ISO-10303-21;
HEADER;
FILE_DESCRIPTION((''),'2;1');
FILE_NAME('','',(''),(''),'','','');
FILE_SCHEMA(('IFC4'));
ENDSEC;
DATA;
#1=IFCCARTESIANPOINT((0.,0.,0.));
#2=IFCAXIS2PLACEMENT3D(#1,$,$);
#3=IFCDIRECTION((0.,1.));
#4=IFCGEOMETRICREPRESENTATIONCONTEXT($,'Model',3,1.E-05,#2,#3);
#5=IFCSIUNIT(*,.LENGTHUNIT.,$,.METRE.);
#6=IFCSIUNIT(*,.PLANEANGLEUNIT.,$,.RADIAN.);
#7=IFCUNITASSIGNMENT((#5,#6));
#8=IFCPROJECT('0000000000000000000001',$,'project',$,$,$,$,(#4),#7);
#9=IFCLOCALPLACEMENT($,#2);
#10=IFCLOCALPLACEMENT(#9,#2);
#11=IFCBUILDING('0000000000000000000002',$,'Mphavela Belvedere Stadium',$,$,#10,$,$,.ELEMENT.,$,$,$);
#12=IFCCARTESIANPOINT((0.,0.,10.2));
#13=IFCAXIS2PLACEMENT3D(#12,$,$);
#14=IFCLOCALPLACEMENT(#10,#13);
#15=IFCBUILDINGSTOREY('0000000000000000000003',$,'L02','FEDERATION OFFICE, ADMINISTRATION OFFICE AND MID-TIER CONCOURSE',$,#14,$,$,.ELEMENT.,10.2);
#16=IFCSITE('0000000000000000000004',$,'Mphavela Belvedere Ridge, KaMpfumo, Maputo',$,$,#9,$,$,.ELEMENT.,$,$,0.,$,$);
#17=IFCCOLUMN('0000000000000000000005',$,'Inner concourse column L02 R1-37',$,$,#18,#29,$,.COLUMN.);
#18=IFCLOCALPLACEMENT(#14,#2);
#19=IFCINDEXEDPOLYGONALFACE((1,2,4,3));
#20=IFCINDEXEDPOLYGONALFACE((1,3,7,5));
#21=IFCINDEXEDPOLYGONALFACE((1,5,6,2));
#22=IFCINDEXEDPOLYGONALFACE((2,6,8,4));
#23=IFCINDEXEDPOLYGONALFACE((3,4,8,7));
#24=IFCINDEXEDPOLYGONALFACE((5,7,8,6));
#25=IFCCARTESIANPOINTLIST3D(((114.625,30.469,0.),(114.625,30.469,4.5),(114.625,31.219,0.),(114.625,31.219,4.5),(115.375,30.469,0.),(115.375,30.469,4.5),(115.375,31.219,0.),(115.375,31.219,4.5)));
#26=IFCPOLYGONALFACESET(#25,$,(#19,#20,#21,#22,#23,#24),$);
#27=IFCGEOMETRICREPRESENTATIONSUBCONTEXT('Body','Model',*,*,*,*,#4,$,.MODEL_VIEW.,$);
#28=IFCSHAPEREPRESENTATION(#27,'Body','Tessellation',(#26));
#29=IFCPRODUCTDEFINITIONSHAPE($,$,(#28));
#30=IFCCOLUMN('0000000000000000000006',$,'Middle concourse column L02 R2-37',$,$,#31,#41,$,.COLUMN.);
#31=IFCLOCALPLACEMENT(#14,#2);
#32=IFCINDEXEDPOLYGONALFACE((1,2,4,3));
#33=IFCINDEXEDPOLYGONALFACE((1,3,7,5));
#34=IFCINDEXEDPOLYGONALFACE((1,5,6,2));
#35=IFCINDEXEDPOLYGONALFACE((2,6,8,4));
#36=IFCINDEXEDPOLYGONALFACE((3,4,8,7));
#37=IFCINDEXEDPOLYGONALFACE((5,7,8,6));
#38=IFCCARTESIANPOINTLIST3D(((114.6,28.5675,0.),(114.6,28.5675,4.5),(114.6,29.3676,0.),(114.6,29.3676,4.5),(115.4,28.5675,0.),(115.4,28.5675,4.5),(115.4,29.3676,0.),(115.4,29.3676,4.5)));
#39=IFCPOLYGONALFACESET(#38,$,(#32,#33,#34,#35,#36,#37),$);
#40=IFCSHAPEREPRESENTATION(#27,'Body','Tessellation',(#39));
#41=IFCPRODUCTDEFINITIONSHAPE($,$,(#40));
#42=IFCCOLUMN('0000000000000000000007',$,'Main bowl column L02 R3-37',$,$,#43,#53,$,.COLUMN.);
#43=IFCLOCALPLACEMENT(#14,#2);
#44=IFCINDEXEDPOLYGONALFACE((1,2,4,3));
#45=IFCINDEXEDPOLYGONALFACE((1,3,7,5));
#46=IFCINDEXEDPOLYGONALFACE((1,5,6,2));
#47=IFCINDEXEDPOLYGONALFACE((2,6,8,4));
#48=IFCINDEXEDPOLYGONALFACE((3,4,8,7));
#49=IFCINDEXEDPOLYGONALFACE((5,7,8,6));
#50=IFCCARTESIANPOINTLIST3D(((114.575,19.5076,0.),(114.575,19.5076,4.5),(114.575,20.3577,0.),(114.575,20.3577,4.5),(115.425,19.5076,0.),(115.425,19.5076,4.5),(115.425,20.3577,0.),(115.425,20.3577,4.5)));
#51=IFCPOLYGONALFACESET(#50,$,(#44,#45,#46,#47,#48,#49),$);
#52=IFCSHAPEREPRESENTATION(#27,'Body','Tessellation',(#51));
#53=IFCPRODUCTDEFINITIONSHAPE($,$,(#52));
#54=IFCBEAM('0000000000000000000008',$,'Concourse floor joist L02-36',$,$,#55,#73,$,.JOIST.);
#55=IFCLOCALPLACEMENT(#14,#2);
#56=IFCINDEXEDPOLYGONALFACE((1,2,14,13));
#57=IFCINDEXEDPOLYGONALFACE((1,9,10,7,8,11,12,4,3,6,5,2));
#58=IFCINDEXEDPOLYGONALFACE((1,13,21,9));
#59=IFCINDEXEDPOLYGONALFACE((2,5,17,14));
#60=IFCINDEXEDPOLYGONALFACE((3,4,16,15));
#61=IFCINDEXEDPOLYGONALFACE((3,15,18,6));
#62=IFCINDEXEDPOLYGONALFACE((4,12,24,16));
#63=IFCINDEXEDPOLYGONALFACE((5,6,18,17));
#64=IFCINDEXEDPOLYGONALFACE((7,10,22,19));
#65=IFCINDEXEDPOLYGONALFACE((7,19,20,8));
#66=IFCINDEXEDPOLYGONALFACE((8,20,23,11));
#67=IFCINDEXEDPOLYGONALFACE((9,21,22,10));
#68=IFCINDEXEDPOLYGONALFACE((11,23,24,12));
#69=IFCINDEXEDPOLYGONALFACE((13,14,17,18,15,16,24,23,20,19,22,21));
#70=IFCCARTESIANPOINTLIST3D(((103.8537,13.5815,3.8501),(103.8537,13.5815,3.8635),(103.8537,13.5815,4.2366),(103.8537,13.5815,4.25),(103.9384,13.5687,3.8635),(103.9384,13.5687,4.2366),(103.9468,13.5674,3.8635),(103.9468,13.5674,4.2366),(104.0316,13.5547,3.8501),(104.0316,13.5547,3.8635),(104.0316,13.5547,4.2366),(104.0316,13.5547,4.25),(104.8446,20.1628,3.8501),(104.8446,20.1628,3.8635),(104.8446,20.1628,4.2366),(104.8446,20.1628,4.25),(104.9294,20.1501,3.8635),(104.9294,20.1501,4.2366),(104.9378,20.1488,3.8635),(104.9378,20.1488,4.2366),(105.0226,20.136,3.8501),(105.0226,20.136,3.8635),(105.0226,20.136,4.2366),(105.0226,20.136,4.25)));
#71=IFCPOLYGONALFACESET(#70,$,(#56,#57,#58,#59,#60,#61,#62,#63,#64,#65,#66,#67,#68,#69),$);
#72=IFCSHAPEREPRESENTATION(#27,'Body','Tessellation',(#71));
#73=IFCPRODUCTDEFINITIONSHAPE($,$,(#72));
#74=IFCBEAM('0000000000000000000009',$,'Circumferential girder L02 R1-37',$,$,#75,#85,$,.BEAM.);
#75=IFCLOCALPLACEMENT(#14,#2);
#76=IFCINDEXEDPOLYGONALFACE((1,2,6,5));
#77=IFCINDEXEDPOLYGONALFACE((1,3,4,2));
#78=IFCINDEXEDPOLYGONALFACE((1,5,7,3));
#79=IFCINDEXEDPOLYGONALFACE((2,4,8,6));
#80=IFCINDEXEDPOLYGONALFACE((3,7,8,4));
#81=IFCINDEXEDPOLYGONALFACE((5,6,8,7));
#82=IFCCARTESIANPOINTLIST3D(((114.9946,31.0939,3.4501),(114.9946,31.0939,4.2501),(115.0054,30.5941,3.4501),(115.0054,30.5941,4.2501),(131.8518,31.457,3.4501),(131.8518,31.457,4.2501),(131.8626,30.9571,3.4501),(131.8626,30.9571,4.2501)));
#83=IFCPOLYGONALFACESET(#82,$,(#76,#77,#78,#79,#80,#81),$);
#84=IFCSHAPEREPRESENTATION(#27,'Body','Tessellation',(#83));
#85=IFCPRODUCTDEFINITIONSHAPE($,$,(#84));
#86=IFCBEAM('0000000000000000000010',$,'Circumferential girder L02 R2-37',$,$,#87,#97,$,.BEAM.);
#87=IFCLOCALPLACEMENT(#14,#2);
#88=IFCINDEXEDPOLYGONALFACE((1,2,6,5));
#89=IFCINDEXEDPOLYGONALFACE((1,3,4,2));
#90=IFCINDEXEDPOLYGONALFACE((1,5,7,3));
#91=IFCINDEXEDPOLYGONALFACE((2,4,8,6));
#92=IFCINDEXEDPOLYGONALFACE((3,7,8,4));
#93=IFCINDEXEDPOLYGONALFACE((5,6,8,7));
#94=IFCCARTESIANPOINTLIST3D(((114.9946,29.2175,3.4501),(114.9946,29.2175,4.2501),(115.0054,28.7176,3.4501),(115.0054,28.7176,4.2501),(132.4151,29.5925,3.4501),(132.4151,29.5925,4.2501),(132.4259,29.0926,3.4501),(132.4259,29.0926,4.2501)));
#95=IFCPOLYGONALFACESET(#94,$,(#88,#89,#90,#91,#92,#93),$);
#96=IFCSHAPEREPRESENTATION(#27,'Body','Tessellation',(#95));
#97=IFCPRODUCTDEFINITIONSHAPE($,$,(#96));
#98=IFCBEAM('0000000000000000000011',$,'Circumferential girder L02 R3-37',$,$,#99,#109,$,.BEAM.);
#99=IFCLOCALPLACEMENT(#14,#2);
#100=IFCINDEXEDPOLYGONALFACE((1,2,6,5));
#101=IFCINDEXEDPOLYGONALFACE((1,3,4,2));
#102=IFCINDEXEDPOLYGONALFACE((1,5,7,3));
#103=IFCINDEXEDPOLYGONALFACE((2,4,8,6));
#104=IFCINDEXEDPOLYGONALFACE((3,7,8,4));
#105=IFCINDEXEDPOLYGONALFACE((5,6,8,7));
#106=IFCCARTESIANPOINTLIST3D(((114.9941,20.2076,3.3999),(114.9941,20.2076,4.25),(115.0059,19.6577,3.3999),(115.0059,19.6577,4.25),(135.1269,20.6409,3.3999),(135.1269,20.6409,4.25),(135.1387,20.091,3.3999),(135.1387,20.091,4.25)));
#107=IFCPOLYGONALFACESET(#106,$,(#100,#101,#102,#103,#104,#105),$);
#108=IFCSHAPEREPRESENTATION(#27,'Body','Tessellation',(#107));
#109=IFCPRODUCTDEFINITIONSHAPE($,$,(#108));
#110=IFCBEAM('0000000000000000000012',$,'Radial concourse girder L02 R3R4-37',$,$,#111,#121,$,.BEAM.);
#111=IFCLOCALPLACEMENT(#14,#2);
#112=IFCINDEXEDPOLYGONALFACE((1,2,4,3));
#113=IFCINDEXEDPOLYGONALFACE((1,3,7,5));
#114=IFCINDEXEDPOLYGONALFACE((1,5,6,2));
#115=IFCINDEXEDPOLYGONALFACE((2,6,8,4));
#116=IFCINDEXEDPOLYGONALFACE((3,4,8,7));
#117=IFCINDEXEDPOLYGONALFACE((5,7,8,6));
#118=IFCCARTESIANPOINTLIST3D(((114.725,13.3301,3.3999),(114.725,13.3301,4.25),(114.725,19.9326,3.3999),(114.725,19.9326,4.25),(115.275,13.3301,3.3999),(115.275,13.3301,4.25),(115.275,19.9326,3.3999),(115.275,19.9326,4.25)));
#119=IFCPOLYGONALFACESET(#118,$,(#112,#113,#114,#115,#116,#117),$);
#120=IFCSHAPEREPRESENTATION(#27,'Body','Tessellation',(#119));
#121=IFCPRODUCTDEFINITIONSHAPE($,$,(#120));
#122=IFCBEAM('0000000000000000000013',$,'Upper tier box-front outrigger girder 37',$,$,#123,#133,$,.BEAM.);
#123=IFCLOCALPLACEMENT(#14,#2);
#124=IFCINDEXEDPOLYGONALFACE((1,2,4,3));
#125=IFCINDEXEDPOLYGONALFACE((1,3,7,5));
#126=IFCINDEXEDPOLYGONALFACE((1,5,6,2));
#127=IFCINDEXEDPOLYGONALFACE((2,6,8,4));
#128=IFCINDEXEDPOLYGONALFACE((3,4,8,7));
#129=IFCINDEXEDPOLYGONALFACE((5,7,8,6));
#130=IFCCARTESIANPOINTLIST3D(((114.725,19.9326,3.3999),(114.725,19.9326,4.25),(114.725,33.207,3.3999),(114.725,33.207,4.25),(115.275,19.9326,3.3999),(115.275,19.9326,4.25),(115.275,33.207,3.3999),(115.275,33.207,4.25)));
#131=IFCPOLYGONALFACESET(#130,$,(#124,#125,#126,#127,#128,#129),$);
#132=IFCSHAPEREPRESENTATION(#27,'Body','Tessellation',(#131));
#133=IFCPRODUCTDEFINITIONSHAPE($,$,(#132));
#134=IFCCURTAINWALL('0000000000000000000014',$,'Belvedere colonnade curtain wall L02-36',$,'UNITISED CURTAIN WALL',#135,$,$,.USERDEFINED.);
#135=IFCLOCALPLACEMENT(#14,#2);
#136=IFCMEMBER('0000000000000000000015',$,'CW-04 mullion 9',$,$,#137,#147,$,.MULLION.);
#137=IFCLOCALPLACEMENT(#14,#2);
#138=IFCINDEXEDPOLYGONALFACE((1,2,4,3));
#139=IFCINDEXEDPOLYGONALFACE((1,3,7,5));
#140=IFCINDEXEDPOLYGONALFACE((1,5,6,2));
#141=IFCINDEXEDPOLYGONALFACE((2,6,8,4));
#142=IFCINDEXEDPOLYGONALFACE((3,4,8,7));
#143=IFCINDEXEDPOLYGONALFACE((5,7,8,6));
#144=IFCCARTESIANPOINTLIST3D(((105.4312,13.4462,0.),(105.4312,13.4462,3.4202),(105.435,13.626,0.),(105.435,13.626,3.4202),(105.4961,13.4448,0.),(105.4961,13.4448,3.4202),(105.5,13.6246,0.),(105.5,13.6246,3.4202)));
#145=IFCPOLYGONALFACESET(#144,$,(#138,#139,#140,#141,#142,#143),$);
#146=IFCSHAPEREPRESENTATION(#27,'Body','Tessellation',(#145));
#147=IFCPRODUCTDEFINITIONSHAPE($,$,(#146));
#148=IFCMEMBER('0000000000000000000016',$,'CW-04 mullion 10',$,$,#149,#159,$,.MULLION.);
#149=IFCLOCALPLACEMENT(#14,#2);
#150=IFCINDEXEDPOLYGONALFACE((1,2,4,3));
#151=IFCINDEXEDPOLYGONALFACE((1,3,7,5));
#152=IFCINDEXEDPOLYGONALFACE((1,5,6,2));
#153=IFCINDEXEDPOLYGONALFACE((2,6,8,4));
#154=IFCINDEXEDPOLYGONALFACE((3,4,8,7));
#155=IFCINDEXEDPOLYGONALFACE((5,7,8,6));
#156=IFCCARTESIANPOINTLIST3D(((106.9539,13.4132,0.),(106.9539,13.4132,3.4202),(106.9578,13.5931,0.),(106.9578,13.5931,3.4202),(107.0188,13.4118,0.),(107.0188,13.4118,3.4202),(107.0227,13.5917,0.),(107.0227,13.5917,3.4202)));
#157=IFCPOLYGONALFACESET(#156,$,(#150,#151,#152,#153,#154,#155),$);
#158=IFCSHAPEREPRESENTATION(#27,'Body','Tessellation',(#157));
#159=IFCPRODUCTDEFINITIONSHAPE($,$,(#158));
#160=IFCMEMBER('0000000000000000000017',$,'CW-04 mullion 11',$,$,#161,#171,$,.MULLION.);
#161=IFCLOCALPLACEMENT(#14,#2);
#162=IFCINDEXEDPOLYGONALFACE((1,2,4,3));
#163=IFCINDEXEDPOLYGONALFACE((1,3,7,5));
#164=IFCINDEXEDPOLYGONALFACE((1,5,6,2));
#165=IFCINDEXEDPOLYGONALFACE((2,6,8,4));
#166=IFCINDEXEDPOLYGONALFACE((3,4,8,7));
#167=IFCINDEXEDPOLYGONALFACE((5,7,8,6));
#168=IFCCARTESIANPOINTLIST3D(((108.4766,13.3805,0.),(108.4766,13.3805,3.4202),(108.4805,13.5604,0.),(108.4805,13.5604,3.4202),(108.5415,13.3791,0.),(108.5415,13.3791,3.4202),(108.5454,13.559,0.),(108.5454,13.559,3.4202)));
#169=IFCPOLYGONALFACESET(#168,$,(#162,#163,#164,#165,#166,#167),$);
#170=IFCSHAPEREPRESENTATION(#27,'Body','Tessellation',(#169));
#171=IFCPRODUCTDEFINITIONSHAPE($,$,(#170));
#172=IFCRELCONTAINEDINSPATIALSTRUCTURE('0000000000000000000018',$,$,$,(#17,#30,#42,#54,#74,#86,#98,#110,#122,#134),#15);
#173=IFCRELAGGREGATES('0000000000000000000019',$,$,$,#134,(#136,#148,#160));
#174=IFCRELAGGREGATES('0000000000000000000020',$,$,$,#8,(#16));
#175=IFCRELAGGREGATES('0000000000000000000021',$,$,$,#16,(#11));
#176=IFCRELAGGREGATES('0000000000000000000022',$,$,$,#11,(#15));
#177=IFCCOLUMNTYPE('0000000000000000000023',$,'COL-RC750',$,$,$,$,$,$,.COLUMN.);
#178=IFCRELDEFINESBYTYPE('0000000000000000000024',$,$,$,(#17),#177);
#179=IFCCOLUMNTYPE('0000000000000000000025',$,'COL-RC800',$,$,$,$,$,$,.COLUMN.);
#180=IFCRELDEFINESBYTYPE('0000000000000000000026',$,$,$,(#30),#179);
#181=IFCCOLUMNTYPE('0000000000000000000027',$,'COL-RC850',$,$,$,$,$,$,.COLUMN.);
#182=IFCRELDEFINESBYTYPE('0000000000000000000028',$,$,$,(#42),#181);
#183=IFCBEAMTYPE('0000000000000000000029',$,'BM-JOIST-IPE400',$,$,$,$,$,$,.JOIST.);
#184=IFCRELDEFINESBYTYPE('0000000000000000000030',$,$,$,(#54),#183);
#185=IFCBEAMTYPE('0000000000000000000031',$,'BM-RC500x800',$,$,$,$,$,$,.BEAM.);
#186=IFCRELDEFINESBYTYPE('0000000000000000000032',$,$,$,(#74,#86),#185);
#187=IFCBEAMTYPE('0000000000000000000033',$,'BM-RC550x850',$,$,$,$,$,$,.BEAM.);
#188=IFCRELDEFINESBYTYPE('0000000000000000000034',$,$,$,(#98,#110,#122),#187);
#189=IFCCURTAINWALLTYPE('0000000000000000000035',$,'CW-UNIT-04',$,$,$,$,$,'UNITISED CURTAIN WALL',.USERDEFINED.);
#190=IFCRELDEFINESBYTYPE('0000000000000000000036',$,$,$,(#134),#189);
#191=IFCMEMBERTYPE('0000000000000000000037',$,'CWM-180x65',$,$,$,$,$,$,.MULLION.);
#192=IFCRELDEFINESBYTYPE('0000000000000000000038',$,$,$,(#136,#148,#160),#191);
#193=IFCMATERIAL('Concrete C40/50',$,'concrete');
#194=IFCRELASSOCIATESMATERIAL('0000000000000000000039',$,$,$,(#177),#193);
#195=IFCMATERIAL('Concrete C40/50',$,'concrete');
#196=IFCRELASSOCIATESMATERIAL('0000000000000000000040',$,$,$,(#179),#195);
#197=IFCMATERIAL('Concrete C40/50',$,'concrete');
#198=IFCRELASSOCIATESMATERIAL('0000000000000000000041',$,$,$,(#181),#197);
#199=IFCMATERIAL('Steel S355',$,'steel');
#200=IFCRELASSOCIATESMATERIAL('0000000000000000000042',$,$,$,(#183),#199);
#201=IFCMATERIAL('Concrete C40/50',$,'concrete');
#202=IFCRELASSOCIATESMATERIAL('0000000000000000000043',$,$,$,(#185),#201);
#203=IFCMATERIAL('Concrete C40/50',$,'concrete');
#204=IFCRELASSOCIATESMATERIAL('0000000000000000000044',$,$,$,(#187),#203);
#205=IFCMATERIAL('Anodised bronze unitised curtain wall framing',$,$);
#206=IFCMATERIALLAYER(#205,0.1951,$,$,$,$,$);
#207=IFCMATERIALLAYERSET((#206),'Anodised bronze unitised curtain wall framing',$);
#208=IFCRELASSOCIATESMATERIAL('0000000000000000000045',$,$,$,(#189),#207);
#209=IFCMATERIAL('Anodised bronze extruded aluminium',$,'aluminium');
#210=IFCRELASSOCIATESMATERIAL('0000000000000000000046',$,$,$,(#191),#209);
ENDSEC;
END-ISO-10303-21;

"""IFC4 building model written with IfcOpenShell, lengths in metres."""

from ifc_helpers import new_model, si_unit, direction, frame, origin, origin_2d, place, context, subcontext, project, spatial, rectangle, i_section, extrude, material, layer, layer_set, material_profile, profile_set, type_object, element, aggregate, save


model = new_model("IFC4")

# Units and contexts
model_context = context("Model", 3, precision=1e-05, world=origin(), true_north=direction((0.0, 1.0)))
body_context = subcontext(model_context, "Body", "Model", "MODEL_VIEW")
ifc_project = project(units=[si_unit("LENGTHUNIT", "METRE"), si_unit("PLANEANGLEUNIT", "RADIAN")], contexts=[model_context])

# Site, building, storey
site_placement = place(None, origin())
site = spatial("IfcSite", under=ifc_project, at=site_placement, Name="Mphavela Belvedere Ridge, KaMpfumo, Maputo", CompositionType="ELEMENT", RefElevation=0.0)
building_placement = place(site_placement, origin())
building = spatial("IfcBuilding", under=site, at=building_placement, Name="Mphavela Belvedere Stadium", CompositionType="ELEMENT")
storey_placement = place(building_placement, frame((0.0, 0.0, 10.2)))
storey = spatial("IfcBuildingStorey", under=building, at=storey_placement, Name="L02", Description="FEDERATION OFFICE, ADMINISTRATION OFFICE AND MID-TIER CONCOURSE", CompositionType="ELEMENT", Elevation=10.2)

# Columns
ifc_material_1 = material(Name="Concrete C40/50", Category="concrete")
ifc_material_profile_1 = material_profile(ifc_material_1, rectangle(XDim=0.75, YDim=0.75, at=origin_2d()), Name="RC 750x750")
ifc_profile_set_1 = profile_set([ifc_material_profile_1], Name="Concrete C40/50")
column_type_1 = type_object("IfcColumnType", Name="COL-RC750", PredefinedType="COLUMN", material=ifc_profile_set_1)
column_1_placement = place(storey_placement, frame((115.0, 30.844, 0.0), z_axis=(0.0, 0.0, 1.0), x_axis=(0.0, -1.0, 0.0)))
element("IfcColumn", 1, at=column_1_placement, inside=storey, type_object=column_type_1, Name="Inner concourse column L02 R1-37", PredefinedType="COLUMN", context=body_context, shape_type="SweptSolid", body=[
    extrude(rectangle(XDim=0.75, YDim=0.75, at=origin_2d()), origin(), (0.0, 0.0, 1.0), 4.5),
])
ifc_material_2 = material(Name="Concrete C40/50", Category="concrete")
ifc_material_profile_2 = material_profile(ifc_material_2, rectangle(XDim=0.8, YDim=0.8, at=origin_2d()), Name="RC 800x800")
ifc_profile_set_2 = profile_set([ifc_material_profile_2], Name="Concrete C40/50")
column_type_2 = type_object("IfcColumnType", Name="COL-RC800", PredefinedType="COLUMN", material=ifc_profile_set_2)
column_2_placement = place(storey_placement, frame((115.0, 28.9675, 0.0), z_axis=(0.0, 0.0, 1.0), x_axis=(0.0, -1.0, 0.0)))
element("IfcColumn", 2, at=column_2_placement, inside=storey, type_object=column_type_2, Name="Middle concourse column L02 R2-37", PredefinedType="COLUMN", context=body_context, shape_type="SweptSolid", body=[
    extrude(rectangle(XDim=0.8, YDim=0.8, at=origin_2d()), origin(), (0.0, 0.0, 1.0), 4.5),
])
ifc_material_3 = material(Name="Concrete C40/50", Category="concrete")
ifc_material_profile_3 = material_profile(ifc_material_3, rectangle(XDim=0.8501, YDim=0.8501, at=origin_2d()), Name="RC 850x850")
ifc_profile_set_3 = profile_set([ifc_material_profile_3], Name="Concrete C40/50")
column_type_3 = type_object("IfcColumnType", Name="COL-RC850", PredefinedType="COLUMN", material=ifc_profile_set_3)
column_3_placement = place(storey_placement, frame((115.0, 19.9326, 0.0), z_axis=(0.0, 0.0, 1.0), x_axis=(0.0, -1.0, 0.0)))
element("IfcColumn", 3, at=column_3_placement, inside=storey, type_object=column_type_3, Name="Main bowl column L02 R3-37", PredefinedType="COLUMN", context=body_context, shape_type="SweptSolid", body=[
    extrude(rectangle(XDim=0.8501, YDim=0.8501, at=origin_2d()), origin(), (0.0, 0.0, 1.0), 4.5),
])

# Beams
ifc_material_4 = material(Name="Steel S355", Category="steel")
ifc_material_profile_4 = material_profile(ifc_material_4, i_section(OverallWidth=0.1799, OverallDepth=0.3999, WebThickness=0.0085, FlangeThickness=0.0134, at=origin_2d()), Name="IPE 400")
ifc_profile_set_4 = profile_set([ifc_material_profile_4], Name="Steel S355")
beam_type_1 = type_object("IfcBeamType", Name="BM-JOIST-IPE400", PredefinedType="JOIST", material=ifc_profile_set_4)
beam_1_placement = place(storey_placement, frame((104.9336, 20.1494, 4.05), z_axis=(-0.148895, -0.988853, 0.0), x_axis=(0.988853, -0.148895, 0.0)))
element("IfcBeam", 4, at=beam_1_placement, inside=storey, type_object=beam_type_1, Name="Concourse floor joist L02-36", PredefinedType="JOIST", context=body_context, shape_type="SweptSolid", body=[
    extrude(i_section(OverallWidth=0.1799, OverallDepth=0.3999, WebThickness=0.0085, FlangeThickness=0.0134, at=origin_2d()), origin(), (0.0, 0.0, 1.0), 6.6555),
])
ifc_material_5 = material(Name="Concrete C40/50", Category="concrete")
ifc_material_profile_5 = material_profile(ifc_material_5, rectangle(XDim=0.5, YDim=0.8, at=origin_2d()), Name="RC 500x800")
ifc_profile_set_5 = profile_set([ifc_material_profile_5], Name="Concrete C40/50")
beam_type_2 = type_object("IfcBeamType", Name="BM-RC500x800", PredefinedType="BEAM", material=ifc_profile_set_5)
beam_2_placement = place(storey_placement, frame((115.0, 30.844, 3.8501), z_axis=(0.999768, 0.021531, 0.0), x_axis=(-0.021531, 0.999768, 0.0)))
element("IfcBeam", 5, at=beam_2_placement, inside=storey, type_object=beam_type_2, Name="Circumferential girder L02 R1-37", PredefinedType="BEAM", context=body_context, shape_type="SweptSolid", body=[
    extrude(rectangle(XDim=0.5, YDim=0.8, at=origin_2d()), origin(), (0.0, 0.0, 1.0), 16.8611),
])
beam_3_placement = place(storey_placement, frame((115.0, 28.9675, 3.8501), z_axis=(0.999768, 0.021521, 0.0), x_axis=(-0.021521, 0.999768, 0.0)))
element("IfcBeam", 6, at=beam_3_placement, inside=storey, type_object=beam_type_2, Name="Circumferential girder L02 R2-37", PredefinedType="BEAM", context=body_context, shape_type="SweptSolid", body=[
    extrude(rectangle(XDim=0.5, YDim=0.8, at=origin_2d()), origin(), (0.0, 0.0, 1.0), 17.4246),
])
ifc_material_6 = material(Name="Concrete C40/50", Category="concrete")
ifc_material_profile_6 = material_profile(ifc_material_6, rectangle(XDim=0.55, YDim=0.8501, at=origin_2d()), Name="RC 550x850")
ifc_profile_set_6 = profile_set([ifc_material_profile_6], Name="Concrete C40/50")
beam_type_3 = type_object("IfcBeamType", Name="BM-RC550x850", PredefinedType="BEAM", material=ifc_profile_set_6)
beam_4_placement = place(storey_placement, frame((115.0, 19.9326, 3.825), z_axis=(0.999768, 0.02152, 0.0), x_axis=(-0.02152, 0.999768, 0.0)))
element("IfcBeam", 7, at=beam_4_placement, inside=storey, type_object=beam_type_3, Name="Circumferential girder L02 R3-37", PredefinedType="BEAM", context=body_context, shape_type="SweptSolid", body=[
    extrude(rectangle(XDim=0.55, YDim=0.8501, at=origin_2d()), origin(), (0.0, 0.0, 1.0), 20.1375),
])
beam_5_placement = place(storey_placement, frame((115.0, 19.9326, 3.825), z_axis=(0.0, -1.0, 0.0), x_axis=(1.0, 0.0, 0.0)))
element("IfcBeam", 8, at=beam_5_placement, inside=storey, type_object=beam_type_3, Name="Radial concourse girder L02 R3R4-37", PredefinedType="BEAM", context=body_context, shape_type="SweptSolid", body=[
    extrude(rectangle(XDim=0.55, YDim=0.8501, at=origin_2d()), origin(), (0.0, 0.0, 1.0), 6.6025),
])
beam_6_placement = place(storey_placement, frame((115.0, 33.207, 3.825), z_axis=(0.0, -1.0, 0.0), x_axis=(1.0, 0.0, 0.0)))
element("IfcBeam", 9, at=beam_6_placement, inside=storey, type_object=beam_type_3, Name="Upper tier box-front outrigger girder 37", PredefinedType="BEAM", context=body_context, shape_type="SweptSolid", body=[
    extrude(rectangle(XDim=0.55, YDim=0.8501, at=origin_2d()), origin(), (0.0, 0.0, 1.0), 13.2744),
])

# Curtain wall, members
ifc_material_7 = material(Name="Anodised bronze unitised curtain wall framing")
ifc_layer_1 = layer(ifc_material_7, 0.1951)
ifc_layer_set_1 = layer_set([ifc_layer_1], Name="Anodised bronze unitised curtain wall framing")
curtain_wall_type = type_object("IfcCurtainWallType", Name="CW-UNIT-04", ElementType="UNITISED CURTAIN WALL", PredefinedType="USERDEFINED", material=ifc_layer_set_1)
curtain_wall_placement = place(storey_placement, origin())
curtain_wall = element("IfcCurtainWall", 10, at=curtain_wall_placement, inside=storey, type_object=curtain_wall_type, Name="Belvedere colonnade curtain wall L02-36", ObjectType="UNITISED CURTAIN WALL", PredefinedType="USERDEFINED")
ifc_material_8 = material(Name="Anodised bronze extruded aluminium", Category="aluminium")
ifc_material_profile_7 = material_profile(ifc_material_8, rectangle(XDim=0.1799, YDim=0.0649, at=origin_2d()), Name="CW-MUL 180x65")
ifc_profile_set_7 = profile_set([ifc_material_profile_7], Name="Anodised bronze extruded aluminium")
member_type_1 = type_object("IfcMemberType", Name="CWM-180x65", PredefinedType="MULLION", material=ifc_profile_set_7)
member_1_placement = place(storey_placement, frame((105.4656, 13.5354, 0.0), z_axis=(0.0, 0.0, 1.0), x_axis=(0.021525, 0.999768, 0.0)))
member_1 = element("IfcMember", 11, at=member_1_placement, type_object=member_type_1, Name="CW-04 mullion 9", PredefinedType="MULLION", context=body_context, shape_type="SweptSolid", body=[
    extrude(rectangle(XDim=0.1799, YDim=0.0649, at=origin_2d()), origin(), (0.0, 0.0, 1.0), 3.4202),
])
member_2_placement = place(storey_placement, frame((106.9883, 13.5024, 0.0), z_axis=(0.0, 0.0, 1.0), x_axis=(0.021525, 0.999768, 0.0)))
member_2 = element("IfcMember", 12, at=member_2_placement, type_object=member_type_1, Name="CW-04 mullion 10", PredefinedType="MULLION", context=body_context, shape_type="SweptSolid", body=[
    extrude(rectangle(XDim=0.1799, YDim=0.0649, at=origin_2d()), origin(), (0.0, 0.0, 1.0), 3.4202),
])
member_3_placement = place(storey_placement, frame((108.511, 13.4697, 0.0), z_axis=(0.0, 0.0, 1.0), x_axis=(0.021525, 0.999768, 0.0)))
member_3 = element("IfcMember", 13, at=member_3_placement, type_object=member_type_1, Name="CW-04 mullion 11", PredefinedType="MULLION", context=body_context, shape_type="SweptSolid", body=[
    extrude(rectangle(XDim=0.1799, YDim=0.0649, at=origin_2d()), origin(), (0.0, 0.0, 1.0), 3.4202),
])
aggregate(curtain_wall, [member_1, member_2, member_3])

save(model, "model.ifc")
